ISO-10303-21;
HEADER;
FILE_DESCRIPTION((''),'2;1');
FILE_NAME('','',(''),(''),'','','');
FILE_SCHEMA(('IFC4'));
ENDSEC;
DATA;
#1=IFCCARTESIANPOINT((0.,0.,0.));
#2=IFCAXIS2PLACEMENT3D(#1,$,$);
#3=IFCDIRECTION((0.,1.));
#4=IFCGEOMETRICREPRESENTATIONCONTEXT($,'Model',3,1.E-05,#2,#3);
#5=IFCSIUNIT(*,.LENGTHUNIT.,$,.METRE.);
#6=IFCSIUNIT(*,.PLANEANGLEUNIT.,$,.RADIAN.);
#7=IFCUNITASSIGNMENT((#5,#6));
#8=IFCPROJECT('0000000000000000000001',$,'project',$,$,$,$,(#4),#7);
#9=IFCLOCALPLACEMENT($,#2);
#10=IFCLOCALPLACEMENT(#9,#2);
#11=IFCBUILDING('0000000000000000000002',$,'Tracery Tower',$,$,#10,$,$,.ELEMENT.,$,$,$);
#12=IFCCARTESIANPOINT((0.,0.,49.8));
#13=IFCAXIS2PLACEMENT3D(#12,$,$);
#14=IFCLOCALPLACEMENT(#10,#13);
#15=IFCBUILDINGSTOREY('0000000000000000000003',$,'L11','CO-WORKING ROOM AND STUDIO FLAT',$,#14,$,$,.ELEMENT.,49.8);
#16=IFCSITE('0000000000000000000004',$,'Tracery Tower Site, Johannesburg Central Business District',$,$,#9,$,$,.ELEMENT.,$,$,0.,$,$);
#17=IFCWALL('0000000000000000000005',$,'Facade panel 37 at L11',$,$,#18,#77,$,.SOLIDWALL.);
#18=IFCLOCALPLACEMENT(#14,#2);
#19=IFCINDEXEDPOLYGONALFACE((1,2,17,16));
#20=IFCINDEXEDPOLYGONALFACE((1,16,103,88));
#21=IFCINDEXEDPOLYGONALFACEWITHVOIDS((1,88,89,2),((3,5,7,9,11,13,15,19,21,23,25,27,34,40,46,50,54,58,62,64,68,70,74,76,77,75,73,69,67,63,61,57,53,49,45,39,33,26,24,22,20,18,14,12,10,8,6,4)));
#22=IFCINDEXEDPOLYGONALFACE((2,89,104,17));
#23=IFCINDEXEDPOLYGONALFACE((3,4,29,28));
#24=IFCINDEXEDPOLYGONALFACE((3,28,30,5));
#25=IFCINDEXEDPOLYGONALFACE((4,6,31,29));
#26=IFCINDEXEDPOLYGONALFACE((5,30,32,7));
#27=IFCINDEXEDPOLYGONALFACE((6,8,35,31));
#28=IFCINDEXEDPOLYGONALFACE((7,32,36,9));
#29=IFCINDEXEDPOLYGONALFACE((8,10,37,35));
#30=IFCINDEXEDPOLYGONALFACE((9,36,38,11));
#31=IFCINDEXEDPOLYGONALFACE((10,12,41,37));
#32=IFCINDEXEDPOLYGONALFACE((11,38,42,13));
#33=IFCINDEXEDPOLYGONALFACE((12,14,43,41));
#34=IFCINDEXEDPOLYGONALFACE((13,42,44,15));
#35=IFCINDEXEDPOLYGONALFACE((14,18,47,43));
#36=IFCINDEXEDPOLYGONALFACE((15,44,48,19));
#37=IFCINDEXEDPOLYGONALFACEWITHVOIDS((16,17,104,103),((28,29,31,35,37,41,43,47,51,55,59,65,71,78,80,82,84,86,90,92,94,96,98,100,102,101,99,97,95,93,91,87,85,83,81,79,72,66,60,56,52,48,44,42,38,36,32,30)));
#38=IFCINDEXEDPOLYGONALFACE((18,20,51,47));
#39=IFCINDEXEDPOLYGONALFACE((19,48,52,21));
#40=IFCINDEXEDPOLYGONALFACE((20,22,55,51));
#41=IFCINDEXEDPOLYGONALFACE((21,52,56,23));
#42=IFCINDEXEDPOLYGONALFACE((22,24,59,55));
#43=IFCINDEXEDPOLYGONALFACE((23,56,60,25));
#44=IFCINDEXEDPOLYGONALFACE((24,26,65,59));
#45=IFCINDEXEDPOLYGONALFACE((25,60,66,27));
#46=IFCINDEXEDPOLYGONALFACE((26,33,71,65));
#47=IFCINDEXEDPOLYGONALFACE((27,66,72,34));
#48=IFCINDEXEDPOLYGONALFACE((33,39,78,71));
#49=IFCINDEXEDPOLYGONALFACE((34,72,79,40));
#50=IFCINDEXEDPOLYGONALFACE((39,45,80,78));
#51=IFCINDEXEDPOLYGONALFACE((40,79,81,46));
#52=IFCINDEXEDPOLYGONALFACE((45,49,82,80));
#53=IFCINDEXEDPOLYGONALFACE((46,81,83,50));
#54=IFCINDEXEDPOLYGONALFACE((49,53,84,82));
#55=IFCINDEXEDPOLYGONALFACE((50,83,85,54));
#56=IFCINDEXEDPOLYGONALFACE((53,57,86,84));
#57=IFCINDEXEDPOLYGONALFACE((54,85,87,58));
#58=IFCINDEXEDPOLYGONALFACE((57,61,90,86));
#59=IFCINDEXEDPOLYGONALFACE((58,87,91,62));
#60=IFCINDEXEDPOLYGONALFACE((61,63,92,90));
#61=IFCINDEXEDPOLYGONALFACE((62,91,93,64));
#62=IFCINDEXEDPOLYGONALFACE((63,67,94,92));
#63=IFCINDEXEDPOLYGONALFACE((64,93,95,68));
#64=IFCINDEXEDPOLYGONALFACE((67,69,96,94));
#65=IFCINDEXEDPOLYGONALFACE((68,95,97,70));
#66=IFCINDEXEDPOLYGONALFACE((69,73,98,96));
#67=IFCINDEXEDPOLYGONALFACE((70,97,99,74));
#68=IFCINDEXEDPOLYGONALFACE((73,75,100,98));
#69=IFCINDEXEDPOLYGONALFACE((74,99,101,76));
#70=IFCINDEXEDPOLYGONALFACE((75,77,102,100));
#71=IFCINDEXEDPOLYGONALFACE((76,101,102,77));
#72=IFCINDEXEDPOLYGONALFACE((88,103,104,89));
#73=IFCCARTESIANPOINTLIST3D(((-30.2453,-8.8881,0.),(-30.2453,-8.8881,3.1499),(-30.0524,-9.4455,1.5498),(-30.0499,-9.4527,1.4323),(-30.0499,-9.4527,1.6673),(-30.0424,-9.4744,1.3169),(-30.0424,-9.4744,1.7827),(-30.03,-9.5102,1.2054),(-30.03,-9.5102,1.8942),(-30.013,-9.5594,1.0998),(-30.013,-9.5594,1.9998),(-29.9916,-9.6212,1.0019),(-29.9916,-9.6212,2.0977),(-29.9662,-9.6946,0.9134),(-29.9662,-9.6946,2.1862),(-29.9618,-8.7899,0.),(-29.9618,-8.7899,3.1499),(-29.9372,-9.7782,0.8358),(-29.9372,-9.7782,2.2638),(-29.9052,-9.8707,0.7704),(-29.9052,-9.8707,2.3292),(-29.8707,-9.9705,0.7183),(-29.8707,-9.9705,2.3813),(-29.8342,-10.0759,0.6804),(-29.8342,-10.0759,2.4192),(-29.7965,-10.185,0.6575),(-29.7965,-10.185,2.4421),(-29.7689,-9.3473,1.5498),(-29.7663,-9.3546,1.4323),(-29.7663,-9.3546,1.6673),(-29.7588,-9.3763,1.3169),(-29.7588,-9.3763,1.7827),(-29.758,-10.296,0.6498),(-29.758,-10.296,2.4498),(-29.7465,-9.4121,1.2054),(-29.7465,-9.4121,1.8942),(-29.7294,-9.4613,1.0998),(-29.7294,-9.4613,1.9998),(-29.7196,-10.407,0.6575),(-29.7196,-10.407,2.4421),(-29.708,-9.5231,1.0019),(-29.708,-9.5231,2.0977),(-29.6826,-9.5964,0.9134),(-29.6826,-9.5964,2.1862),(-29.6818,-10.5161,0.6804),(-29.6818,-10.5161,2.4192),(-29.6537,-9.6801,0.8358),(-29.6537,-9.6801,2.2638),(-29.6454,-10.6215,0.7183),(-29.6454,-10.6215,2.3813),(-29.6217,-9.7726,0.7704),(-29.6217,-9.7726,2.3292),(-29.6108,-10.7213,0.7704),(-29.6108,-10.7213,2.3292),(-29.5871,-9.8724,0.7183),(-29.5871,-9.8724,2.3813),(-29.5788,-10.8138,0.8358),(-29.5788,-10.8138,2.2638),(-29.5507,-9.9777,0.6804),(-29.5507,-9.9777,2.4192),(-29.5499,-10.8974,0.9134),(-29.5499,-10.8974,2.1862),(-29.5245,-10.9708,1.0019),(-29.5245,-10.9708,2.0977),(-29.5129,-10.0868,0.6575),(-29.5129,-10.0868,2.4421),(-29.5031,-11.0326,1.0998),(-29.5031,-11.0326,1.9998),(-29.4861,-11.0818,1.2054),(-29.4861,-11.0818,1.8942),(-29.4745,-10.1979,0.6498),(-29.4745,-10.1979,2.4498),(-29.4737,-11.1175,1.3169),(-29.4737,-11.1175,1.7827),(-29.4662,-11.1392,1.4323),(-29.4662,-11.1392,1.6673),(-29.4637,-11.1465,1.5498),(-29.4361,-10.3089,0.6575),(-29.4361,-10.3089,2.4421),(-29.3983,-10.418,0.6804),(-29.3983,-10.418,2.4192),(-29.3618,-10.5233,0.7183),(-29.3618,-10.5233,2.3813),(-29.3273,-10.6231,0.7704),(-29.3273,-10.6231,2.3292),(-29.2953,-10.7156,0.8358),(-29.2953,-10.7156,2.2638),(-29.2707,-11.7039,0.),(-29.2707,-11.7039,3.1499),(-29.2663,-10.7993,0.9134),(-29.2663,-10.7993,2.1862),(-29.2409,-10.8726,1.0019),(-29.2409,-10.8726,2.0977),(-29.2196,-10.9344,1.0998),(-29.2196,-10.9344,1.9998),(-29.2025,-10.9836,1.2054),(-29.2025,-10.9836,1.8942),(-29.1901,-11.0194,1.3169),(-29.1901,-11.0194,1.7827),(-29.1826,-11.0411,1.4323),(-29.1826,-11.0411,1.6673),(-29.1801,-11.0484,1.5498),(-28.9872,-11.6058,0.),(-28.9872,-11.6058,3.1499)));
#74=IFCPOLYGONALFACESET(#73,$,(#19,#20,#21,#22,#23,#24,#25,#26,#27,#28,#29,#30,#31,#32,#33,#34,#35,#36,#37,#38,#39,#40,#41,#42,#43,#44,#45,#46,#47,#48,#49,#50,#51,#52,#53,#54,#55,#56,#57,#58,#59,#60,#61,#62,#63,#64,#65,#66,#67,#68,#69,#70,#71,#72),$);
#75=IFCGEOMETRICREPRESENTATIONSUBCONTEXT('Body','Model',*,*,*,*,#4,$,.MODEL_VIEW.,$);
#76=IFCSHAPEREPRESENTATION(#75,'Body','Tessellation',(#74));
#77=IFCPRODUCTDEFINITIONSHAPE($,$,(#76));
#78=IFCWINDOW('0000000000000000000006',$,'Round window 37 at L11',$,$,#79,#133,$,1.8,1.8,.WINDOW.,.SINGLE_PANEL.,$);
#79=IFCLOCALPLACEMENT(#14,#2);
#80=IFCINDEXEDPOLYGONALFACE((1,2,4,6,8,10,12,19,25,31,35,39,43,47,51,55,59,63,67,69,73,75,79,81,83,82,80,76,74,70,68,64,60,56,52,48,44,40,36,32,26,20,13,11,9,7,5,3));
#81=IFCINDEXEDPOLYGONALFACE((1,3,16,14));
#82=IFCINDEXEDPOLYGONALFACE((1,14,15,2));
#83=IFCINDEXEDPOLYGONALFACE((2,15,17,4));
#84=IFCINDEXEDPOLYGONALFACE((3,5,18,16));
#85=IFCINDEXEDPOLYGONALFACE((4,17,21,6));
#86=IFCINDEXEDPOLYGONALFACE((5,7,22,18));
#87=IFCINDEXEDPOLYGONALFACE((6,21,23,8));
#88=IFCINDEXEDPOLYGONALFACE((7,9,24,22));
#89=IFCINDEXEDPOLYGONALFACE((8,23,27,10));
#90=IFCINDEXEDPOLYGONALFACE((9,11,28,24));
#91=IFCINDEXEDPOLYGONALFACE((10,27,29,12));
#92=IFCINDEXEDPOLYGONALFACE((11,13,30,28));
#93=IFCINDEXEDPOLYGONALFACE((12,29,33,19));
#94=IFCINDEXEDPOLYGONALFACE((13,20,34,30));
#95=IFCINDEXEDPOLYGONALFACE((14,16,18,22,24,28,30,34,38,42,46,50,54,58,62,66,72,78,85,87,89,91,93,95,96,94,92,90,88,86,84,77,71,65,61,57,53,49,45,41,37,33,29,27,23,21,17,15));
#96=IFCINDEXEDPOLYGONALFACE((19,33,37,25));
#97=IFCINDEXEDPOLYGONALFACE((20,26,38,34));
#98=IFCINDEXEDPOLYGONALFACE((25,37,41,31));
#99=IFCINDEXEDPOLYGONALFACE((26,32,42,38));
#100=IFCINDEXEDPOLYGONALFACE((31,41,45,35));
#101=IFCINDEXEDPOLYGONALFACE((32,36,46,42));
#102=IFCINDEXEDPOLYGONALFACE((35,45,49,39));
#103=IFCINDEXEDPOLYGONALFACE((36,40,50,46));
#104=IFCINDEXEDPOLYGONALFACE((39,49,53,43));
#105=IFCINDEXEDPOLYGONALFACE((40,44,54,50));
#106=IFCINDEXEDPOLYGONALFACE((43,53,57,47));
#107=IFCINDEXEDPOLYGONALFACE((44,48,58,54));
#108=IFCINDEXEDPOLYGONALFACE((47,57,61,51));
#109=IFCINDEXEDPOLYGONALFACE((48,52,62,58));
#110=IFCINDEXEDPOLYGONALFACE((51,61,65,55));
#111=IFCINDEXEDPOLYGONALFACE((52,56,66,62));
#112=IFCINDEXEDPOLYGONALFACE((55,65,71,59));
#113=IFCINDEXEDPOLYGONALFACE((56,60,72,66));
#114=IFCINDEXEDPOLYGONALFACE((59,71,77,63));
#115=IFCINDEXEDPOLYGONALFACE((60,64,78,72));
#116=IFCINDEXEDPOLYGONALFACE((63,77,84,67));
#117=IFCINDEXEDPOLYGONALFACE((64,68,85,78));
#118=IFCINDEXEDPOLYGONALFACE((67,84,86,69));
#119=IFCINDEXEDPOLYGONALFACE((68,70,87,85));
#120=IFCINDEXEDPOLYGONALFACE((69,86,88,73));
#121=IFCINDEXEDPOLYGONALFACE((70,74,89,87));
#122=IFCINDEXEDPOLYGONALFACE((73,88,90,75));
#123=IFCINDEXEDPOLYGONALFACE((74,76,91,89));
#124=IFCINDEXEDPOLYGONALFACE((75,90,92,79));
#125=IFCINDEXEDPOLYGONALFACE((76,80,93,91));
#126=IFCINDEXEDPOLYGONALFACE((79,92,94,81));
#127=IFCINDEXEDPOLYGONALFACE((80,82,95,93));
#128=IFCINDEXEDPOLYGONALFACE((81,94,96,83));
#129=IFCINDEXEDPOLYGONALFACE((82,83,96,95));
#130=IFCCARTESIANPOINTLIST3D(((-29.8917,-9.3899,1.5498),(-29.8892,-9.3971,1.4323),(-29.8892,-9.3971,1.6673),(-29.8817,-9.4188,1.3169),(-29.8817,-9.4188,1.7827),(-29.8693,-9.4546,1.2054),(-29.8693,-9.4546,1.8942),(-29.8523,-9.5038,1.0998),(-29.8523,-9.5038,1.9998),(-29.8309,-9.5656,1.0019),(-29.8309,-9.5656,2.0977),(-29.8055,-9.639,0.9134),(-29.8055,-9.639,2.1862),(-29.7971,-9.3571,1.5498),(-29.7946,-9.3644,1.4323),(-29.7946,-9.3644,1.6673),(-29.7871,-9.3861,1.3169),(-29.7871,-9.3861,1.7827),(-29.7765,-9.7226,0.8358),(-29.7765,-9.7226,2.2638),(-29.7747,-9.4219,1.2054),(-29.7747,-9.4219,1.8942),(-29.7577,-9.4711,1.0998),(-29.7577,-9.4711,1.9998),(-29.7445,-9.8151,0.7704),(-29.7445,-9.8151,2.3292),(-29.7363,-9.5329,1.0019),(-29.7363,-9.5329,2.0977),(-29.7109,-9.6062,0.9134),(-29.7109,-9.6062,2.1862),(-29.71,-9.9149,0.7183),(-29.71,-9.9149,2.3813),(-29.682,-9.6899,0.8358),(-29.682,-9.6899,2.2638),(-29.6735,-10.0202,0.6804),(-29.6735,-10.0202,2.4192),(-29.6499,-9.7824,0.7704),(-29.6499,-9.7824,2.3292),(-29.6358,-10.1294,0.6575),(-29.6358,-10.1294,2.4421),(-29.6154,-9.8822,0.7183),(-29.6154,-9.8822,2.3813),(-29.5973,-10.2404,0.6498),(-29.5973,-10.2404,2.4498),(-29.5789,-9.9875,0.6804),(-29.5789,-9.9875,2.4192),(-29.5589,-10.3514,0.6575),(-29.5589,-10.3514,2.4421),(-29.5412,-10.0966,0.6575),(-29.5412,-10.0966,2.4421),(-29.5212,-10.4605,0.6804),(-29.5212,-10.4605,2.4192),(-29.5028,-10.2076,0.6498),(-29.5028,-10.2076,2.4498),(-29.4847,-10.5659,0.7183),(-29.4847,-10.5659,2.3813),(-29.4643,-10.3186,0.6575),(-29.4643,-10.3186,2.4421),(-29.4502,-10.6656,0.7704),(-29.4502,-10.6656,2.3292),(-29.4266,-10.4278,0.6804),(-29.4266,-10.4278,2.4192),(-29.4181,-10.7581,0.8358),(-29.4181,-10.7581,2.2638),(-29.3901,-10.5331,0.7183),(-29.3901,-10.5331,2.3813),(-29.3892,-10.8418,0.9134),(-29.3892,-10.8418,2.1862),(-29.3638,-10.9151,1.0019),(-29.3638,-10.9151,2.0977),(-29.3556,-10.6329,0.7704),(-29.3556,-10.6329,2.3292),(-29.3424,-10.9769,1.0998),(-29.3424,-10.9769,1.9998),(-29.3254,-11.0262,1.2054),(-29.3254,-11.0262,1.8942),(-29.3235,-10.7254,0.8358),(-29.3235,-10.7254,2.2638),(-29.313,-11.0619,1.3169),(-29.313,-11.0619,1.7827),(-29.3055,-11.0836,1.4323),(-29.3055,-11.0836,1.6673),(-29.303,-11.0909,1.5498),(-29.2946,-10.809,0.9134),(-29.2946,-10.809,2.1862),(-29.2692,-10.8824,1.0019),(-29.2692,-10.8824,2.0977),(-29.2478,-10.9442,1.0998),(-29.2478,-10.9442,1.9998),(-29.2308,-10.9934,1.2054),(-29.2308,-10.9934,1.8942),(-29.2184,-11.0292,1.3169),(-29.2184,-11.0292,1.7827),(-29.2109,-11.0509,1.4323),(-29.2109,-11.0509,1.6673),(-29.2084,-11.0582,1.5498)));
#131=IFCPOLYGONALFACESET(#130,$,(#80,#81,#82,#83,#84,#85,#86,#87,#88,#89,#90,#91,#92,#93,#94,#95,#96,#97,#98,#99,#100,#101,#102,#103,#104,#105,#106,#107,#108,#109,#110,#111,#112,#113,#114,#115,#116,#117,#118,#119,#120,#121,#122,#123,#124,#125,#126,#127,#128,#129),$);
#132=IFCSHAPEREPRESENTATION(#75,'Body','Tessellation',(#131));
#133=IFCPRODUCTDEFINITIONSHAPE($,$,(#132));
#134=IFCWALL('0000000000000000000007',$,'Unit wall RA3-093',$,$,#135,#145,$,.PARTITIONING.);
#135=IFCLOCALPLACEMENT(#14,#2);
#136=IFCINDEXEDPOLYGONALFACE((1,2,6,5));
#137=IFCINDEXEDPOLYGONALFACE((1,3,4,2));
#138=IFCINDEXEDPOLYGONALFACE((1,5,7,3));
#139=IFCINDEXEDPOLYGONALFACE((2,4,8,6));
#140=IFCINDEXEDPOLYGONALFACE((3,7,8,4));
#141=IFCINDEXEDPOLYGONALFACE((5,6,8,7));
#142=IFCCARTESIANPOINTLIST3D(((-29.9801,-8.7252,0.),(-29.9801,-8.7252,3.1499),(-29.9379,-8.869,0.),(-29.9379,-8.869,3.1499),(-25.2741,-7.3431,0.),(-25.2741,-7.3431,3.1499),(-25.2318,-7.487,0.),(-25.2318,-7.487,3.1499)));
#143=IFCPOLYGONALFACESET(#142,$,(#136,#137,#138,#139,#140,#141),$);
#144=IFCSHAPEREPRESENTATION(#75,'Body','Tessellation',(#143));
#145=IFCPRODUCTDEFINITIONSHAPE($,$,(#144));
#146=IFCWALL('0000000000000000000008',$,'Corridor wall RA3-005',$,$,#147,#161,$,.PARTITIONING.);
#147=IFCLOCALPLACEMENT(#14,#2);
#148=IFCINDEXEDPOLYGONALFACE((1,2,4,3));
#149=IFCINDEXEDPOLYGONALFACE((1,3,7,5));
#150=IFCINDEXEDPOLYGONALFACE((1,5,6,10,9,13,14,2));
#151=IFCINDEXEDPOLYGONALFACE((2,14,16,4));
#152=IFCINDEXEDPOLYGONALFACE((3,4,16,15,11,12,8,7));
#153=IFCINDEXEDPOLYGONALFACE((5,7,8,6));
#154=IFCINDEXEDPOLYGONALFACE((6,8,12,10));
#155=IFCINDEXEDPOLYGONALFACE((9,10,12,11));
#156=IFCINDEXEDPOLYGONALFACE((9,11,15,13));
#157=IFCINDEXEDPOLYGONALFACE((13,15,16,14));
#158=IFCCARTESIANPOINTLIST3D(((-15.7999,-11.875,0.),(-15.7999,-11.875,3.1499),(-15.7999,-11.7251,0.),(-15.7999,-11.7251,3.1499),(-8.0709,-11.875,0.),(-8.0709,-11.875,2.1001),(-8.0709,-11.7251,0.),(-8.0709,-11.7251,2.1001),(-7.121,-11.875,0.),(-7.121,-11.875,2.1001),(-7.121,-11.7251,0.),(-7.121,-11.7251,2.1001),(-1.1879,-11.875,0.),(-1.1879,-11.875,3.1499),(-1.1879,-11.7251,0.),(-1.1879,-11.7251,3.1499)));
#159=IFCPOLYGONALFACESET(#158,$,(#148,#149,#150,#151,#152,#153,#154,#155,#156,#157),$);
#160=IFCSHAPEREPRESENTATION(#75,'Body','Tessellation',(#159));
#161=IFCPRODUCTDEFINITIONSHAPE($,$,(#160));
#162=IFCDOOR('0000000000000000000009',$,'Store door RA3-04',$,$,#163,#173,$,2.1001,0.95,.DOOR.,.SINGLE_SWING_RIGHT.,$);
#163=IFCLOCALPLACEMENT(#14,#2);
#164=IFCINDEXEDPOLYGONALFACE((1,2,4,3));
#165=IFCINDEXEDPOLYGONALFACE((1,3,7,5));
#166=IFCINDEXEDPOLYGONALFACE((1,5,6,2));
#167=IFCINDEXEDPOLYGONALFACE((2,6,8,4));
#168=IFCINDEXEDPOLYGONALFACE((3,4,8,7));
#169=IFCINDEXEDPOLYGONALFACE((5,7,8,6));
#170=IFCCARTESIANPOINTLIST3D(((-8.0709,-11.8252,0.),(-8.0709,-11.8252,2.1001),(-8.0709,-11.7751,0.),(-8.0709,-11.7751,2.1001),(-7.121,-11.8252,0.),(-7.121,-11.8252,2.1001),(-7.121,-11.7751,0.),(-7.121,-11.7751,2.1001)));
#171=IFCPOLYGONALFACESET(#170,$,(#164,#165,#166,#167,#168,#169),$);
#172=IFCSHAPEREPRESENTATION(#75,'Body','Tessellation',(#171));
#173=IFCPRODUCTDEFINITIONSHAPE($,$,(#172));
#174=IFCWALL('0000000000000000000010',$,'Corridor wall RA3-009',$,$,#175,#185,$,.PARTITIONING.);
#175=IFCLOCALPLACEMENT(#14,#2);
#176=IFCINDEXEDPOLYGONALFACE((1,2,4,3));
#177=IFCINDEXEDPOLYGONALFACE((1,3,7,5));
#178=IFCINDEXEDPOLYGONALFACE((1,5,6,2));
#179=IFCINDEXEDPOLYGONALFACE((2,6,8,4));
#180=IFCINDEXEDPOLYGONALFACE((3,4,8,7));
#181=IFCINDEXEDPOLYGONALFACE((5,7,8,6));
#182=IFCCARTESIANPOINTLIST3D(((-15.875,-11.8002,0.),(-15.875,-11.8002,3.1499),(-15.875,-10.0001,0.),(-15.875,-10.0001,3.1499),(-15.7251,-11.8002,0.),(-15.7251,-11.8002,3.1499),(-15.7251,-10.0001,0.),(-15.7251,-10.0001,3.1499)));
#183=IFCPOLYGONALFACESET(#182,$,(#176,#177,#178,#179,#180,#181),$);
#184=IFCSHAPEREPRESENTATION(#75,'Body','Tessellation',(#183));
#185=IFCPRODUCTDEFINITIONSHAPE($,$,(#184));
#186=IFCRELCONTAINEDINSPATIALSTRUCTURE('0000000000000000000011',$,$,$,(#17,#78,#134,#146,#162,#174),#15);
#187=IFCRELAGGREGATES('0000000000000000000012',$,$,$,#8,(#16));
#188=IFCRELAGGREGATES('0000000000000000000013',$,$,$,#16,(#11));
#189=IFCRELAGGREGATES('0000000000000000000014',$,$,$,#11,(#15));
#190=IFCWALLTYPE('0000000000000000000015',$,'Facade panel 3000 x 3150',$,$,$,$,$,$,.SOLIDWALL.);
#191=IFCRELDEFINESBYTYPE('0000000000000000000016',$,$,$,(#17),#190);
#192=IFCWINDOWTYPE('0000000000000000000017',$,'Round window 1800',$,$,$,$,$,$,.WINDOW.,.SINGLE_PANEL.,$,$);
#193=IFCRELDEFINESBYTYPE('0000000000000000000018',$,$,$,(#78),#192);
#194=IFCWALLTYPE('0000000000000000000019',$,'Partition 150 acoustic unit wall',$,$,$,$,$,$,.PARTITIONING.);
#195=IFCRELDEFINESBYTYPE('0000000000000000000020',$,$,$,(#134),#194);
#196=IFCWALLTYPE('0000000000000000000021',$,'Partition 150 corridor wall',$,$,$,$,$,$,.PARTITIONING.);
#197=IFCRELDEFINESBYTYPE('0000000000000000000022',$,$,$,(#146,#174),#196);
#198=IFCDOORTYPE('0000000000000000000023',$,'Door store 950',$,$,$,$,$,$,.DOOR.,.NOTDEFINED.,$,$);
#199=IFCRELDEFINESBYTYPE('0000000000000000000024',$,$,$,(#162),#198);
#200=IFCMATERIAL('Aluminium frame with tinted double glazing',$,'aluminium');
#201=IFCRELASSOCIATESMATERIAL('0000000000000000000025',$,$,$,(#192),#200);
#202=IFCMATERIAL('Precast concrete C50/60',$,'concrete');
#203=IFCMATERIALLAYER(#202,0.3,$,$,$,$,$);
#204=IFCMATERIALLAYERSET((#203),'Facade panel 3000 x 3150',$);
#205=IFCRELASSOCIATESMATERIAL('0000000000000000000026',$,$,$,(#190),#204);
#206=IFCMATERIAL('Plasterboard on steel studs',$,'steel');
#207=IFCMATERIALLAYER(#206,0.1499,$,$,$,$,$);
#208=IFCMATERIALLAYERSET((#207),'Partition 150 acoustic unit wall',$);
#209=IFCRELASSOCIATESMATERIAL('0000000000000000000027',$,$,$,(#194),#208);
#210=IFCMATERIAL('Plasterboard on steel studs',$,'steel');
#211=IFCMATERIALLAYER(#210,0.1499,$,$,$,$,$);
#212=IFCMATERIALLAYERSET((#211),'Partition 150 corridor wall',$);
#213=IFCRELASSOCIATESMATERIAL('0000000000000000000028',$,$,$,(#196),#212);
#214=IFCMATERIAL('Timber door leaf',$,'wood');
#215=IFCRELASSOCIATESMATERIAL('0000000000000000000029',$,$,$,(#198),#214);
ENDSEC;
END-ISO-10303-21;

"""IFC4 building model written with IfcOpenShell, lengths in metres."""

from ifc_helpers import new_model, si_unit, direction, frame, frame_2d, origin, origin_2d, place, context, subcontext, project, spatial, rectangle, circle, extrude, material, layer, layer_set, type_object, element, fill, save


model = new_model("IFC4")

# Units and contexts
model_context = context("Model", 3, precision=1e-05, world=origin(), true_north=direction((0.0, 1.0)))
body_context = subcontext(model_context, "Body", "Model", "MODEL_VIEW")
ifc_project = project(units=[si_unit("LENGTHUNIT", "METRE"), si_unit("PLANEANGLEUNIT", "RADIAN")], contexts=[model_context])

# Site, building, storey
site_placement = place(None, origin())
site = spatial("IfcSite", under=ifc_project, at=site_placement, Name="Tracery Tower Site, Johannesburg Central Business District", CompositionType="ELEMENT", RefElevation=0.0)
building_placement = place(site_placement, origin())
building = spatial("IfcBuilding", under=site, at=building_placement, Name="Tracery Tower", CompositionType="ELEMENT")
storey_placement = place(building_placement, frame((0.0, 0.0, 49.8)))
storey = spatial("IfcBuildingStorey", under=building, at=storey_placement, Name="L11", Description="CO-WORKING ROOM AND STUDIO FLAT", CompositionType="ELEMENT", Elevation=49.8)

# Wall, opening, window
ifc_material_1 = material(Name="Aluminium frame with tinted double glazing", Category="aluminium")
window_type = type_object("IfcWindowType", Name="Round window 1800", PartitioningType="SINGLE_PANEL", PredefinedType="WINDOW", material=ifc_material_1)
ifc_material_2 = material(Name="Precast concrete C50/60", Category="concrete")
ifc_layer_1 = layer(ifc_material_2, 0.3)
ifc_layer_set_1 = layer_set([ifc_layer_1], Name="Facade panel 3000 x 3150")
wall_type_1 = type_object("IfcWallType", Name="Facade panel 3000 x 3150", PredefinedType="SOLIDWALL", material=ifc_layer_set_1)
wall_1_placement = place(storey_placement, frame((-30.1035, -8.8391, 0.0), z_axis=(0.0, 0.0, 1.0), x_axis=(0.327071, -0.945, 0.0)))
wall_1 = element("IfcWall", 1, at=wall_1_placement, inside=storey, type_object=wall_type_1, Name="Facade panel 37 at L11", PredefinedType="SOLIDWALL", context=body_context, shape_type="SweptSolid", body=[
    extrude(rectangle(XDim=2.9797, YDim=0.3, at=frame_2d((1.4897, 0.0))), origin(), (0.0, 0.0, 1.0), 3.1499),
])
opening_1_placement = place(wall_1_placement, frame((1.4897, 0.0, 1.5498)))
opening_1 = element("IfcOpeningElement", 2, at=opening_1_placement, cuts=wall_1, PredefinedType="OPENING", context=body_context, shape_type="SweptSolid", body=[
    extrude(circle(Radius=0.9, at=origin_2d()), frame((0.0, 0.1599, 0.0), z_axis=(0.0, -1.0, 0.0), x_axis=(1.0, 0.0, 0.0)), (0.0, 0.0, 1.0), 0.3201),
])
window_1_placement = place(opening_1_placement, origin())
window_1 = element("IfcWindow", 3, at=window_1_placement, inside=storey, type_object=window_type, Name="Round window 37 at L11", OverallHeight=1.8, OverallWidth=1.8, PartitioningType="SINGLE_PANEL", PredefinedType="WINDOW", context=body_context, shape_type="SweptSolid", body=[
    extrude(circle(Radius=0.9, at=origin_2d()), frame((0.0, 0.1201, 0.0), z_axis=(0.0, -1.0, 0.0), x_axis=(1.0, 0.0, 0.0)), (0.0, 0.0, 1.0), 0.1001),
])
fill(opening_1, window_1)

# Wall
ifc_material_3 = material(Name="Plasterboard on steel studs", Category="steel")
ifc_layer_2 = layer(ifc_material_3, 0.1499)
ifc_layer_set_2 = layer_set([ifc_layer_2], Name="Partition 150 acoustic unit wall")
wall_type_2 = type_object("IfcWallType", Name="Partition 150 acoustic unit wall", PredefinedType="PARTITIONING", material=ifc_layer_set_2)
wall_2_placement = place(storey_placement, frame((-29.959, -8.7971, 0.0), z_axis=(0.0, 0.0, 1.0), x_axis=(0.959479, 0.281781, 0.0)))
element("IfcWall", 4, at=wall_2_placement, inside=storey, type_object=wall_type_2, Name="Unit wall RA3-093", PredefinedType="PARTITIONING", context=body_context, shape_type="SweptSolid", body=[
    extrude(rectangle(XDim=4.9048, YDim=0.1499, at=frame_2d((2.4524, 0.0))), origin(), (0.0, 0.0, 1.0), 3.1499),
])

# Wall, opening, door
ifc_material_4 = material(Name="Plasterboard on steel studs", Category="steel")
ifc_layer_3 = layer(ifc_material_4, 0.1499)
ifc_layer_set_3 = layer_set([ifc_layer_3], Name="Partition 150 corridor wall")
wall_type_3 = type_object("IfcWallType", Name="Partition 150 corridor wall", PredefinedType="PARTITIONING", material=ifc_layer_set_3)
wall_3_placement = place(storey_placement, frame((-15.8, -11.8, 0.0), z_axis=(0.0, 0.0, 1.0), x_axis=(1.0, 0.0, 0.0)))
wall_3 = element("IfcWall", 5, at=wall_3_placement, inside=storey, type_object=wall_type_3, Name="Corridor wall RA3-005", PredefinedType="PARTITIONING", context=body_context, shape_type="SweptSolid", body=[
    extrude(rectangle(XDim=14.6121, YDim=0.1499, at=frame_2d((7.3062, 0.0))), origin(), (0.0, 0.0, 1.0), 3.1499),
])
opening_2_placement = place(wall_3_placement, frame((7.729, 0.0, 0.0)))
opening_2 = element("IfcOpeningElement", 6, at=opening_2_placement, cuts=wall_3, PredefinedType="OPENING", context=body_context, shape_type="SweptSolid", body=[
    extrude(rectangle(XDim=0.95, YDim=2.1001, at=frame_2d((0.4751, 1.05))), frame((0.0, 0.075, 0.0), z_axis=(0.0, -1.0, 0.0), x_axis=(1.0, 0.0, 0.0)), (0.0, 0.0, 1.0), 0.1499),
])
ifc_material_5 = material(Name="Timber door leaf", Category="wood")
door_type_1 = type_object("IfcDoorType", Name="Door store 950", OperationType="NOTDEFINED", PredefinedType="DOOR", material=ifc_material_5)
door_1_placement = place(opening_2_placement, origin())
door_1 = element("IfcDoor", 7, at=door_1_placement, inside=storey, type_object=door_type_1, Name="Store door RA3-04", OperationType="SINGLE_SWING_RIGHT", OverallHeight=2.1001, OverallWidth=0.95, PredefinedType="DOOR", context=body_context, shape_type="SweptSolid", body=[
    extrude(rectangle(XDim=0.95, YDim=2.1001, at=frame_2d((0.4751, 1.05))), frame((0.0, 0.0249, 0.0), z_axis=(0.0, -1.0, 0.0), x_axis=(1.0, 0.0, 0.0)), (0.0, 0.0, 1.0), 0.05),
])
fill(opening_2, door_1)

# Wall
wall_4_placement = place(storey_placement, frame((-15.8, -11.8, 0.0), z_axis=(0.0, 0.0, 1.0), x_axis=(0.0, 1.0, 0.0)))
element("IfcWall", 8, at=wall_4_placement, inside=storey, type_object=wall_type_3, Name="Corridor wall RA3-009", PredefinedType="PARTITIONING", context=body_context, shape_type="SweptSolid", body=[
    extrude(rectangle(XDim=1.8, YDim=0.1499, at=frame_2d((0.8999, 0.0))), origin(), (0.0, 0.0, 1.0), 3.1499),
])

save(model, "model.ifc")
